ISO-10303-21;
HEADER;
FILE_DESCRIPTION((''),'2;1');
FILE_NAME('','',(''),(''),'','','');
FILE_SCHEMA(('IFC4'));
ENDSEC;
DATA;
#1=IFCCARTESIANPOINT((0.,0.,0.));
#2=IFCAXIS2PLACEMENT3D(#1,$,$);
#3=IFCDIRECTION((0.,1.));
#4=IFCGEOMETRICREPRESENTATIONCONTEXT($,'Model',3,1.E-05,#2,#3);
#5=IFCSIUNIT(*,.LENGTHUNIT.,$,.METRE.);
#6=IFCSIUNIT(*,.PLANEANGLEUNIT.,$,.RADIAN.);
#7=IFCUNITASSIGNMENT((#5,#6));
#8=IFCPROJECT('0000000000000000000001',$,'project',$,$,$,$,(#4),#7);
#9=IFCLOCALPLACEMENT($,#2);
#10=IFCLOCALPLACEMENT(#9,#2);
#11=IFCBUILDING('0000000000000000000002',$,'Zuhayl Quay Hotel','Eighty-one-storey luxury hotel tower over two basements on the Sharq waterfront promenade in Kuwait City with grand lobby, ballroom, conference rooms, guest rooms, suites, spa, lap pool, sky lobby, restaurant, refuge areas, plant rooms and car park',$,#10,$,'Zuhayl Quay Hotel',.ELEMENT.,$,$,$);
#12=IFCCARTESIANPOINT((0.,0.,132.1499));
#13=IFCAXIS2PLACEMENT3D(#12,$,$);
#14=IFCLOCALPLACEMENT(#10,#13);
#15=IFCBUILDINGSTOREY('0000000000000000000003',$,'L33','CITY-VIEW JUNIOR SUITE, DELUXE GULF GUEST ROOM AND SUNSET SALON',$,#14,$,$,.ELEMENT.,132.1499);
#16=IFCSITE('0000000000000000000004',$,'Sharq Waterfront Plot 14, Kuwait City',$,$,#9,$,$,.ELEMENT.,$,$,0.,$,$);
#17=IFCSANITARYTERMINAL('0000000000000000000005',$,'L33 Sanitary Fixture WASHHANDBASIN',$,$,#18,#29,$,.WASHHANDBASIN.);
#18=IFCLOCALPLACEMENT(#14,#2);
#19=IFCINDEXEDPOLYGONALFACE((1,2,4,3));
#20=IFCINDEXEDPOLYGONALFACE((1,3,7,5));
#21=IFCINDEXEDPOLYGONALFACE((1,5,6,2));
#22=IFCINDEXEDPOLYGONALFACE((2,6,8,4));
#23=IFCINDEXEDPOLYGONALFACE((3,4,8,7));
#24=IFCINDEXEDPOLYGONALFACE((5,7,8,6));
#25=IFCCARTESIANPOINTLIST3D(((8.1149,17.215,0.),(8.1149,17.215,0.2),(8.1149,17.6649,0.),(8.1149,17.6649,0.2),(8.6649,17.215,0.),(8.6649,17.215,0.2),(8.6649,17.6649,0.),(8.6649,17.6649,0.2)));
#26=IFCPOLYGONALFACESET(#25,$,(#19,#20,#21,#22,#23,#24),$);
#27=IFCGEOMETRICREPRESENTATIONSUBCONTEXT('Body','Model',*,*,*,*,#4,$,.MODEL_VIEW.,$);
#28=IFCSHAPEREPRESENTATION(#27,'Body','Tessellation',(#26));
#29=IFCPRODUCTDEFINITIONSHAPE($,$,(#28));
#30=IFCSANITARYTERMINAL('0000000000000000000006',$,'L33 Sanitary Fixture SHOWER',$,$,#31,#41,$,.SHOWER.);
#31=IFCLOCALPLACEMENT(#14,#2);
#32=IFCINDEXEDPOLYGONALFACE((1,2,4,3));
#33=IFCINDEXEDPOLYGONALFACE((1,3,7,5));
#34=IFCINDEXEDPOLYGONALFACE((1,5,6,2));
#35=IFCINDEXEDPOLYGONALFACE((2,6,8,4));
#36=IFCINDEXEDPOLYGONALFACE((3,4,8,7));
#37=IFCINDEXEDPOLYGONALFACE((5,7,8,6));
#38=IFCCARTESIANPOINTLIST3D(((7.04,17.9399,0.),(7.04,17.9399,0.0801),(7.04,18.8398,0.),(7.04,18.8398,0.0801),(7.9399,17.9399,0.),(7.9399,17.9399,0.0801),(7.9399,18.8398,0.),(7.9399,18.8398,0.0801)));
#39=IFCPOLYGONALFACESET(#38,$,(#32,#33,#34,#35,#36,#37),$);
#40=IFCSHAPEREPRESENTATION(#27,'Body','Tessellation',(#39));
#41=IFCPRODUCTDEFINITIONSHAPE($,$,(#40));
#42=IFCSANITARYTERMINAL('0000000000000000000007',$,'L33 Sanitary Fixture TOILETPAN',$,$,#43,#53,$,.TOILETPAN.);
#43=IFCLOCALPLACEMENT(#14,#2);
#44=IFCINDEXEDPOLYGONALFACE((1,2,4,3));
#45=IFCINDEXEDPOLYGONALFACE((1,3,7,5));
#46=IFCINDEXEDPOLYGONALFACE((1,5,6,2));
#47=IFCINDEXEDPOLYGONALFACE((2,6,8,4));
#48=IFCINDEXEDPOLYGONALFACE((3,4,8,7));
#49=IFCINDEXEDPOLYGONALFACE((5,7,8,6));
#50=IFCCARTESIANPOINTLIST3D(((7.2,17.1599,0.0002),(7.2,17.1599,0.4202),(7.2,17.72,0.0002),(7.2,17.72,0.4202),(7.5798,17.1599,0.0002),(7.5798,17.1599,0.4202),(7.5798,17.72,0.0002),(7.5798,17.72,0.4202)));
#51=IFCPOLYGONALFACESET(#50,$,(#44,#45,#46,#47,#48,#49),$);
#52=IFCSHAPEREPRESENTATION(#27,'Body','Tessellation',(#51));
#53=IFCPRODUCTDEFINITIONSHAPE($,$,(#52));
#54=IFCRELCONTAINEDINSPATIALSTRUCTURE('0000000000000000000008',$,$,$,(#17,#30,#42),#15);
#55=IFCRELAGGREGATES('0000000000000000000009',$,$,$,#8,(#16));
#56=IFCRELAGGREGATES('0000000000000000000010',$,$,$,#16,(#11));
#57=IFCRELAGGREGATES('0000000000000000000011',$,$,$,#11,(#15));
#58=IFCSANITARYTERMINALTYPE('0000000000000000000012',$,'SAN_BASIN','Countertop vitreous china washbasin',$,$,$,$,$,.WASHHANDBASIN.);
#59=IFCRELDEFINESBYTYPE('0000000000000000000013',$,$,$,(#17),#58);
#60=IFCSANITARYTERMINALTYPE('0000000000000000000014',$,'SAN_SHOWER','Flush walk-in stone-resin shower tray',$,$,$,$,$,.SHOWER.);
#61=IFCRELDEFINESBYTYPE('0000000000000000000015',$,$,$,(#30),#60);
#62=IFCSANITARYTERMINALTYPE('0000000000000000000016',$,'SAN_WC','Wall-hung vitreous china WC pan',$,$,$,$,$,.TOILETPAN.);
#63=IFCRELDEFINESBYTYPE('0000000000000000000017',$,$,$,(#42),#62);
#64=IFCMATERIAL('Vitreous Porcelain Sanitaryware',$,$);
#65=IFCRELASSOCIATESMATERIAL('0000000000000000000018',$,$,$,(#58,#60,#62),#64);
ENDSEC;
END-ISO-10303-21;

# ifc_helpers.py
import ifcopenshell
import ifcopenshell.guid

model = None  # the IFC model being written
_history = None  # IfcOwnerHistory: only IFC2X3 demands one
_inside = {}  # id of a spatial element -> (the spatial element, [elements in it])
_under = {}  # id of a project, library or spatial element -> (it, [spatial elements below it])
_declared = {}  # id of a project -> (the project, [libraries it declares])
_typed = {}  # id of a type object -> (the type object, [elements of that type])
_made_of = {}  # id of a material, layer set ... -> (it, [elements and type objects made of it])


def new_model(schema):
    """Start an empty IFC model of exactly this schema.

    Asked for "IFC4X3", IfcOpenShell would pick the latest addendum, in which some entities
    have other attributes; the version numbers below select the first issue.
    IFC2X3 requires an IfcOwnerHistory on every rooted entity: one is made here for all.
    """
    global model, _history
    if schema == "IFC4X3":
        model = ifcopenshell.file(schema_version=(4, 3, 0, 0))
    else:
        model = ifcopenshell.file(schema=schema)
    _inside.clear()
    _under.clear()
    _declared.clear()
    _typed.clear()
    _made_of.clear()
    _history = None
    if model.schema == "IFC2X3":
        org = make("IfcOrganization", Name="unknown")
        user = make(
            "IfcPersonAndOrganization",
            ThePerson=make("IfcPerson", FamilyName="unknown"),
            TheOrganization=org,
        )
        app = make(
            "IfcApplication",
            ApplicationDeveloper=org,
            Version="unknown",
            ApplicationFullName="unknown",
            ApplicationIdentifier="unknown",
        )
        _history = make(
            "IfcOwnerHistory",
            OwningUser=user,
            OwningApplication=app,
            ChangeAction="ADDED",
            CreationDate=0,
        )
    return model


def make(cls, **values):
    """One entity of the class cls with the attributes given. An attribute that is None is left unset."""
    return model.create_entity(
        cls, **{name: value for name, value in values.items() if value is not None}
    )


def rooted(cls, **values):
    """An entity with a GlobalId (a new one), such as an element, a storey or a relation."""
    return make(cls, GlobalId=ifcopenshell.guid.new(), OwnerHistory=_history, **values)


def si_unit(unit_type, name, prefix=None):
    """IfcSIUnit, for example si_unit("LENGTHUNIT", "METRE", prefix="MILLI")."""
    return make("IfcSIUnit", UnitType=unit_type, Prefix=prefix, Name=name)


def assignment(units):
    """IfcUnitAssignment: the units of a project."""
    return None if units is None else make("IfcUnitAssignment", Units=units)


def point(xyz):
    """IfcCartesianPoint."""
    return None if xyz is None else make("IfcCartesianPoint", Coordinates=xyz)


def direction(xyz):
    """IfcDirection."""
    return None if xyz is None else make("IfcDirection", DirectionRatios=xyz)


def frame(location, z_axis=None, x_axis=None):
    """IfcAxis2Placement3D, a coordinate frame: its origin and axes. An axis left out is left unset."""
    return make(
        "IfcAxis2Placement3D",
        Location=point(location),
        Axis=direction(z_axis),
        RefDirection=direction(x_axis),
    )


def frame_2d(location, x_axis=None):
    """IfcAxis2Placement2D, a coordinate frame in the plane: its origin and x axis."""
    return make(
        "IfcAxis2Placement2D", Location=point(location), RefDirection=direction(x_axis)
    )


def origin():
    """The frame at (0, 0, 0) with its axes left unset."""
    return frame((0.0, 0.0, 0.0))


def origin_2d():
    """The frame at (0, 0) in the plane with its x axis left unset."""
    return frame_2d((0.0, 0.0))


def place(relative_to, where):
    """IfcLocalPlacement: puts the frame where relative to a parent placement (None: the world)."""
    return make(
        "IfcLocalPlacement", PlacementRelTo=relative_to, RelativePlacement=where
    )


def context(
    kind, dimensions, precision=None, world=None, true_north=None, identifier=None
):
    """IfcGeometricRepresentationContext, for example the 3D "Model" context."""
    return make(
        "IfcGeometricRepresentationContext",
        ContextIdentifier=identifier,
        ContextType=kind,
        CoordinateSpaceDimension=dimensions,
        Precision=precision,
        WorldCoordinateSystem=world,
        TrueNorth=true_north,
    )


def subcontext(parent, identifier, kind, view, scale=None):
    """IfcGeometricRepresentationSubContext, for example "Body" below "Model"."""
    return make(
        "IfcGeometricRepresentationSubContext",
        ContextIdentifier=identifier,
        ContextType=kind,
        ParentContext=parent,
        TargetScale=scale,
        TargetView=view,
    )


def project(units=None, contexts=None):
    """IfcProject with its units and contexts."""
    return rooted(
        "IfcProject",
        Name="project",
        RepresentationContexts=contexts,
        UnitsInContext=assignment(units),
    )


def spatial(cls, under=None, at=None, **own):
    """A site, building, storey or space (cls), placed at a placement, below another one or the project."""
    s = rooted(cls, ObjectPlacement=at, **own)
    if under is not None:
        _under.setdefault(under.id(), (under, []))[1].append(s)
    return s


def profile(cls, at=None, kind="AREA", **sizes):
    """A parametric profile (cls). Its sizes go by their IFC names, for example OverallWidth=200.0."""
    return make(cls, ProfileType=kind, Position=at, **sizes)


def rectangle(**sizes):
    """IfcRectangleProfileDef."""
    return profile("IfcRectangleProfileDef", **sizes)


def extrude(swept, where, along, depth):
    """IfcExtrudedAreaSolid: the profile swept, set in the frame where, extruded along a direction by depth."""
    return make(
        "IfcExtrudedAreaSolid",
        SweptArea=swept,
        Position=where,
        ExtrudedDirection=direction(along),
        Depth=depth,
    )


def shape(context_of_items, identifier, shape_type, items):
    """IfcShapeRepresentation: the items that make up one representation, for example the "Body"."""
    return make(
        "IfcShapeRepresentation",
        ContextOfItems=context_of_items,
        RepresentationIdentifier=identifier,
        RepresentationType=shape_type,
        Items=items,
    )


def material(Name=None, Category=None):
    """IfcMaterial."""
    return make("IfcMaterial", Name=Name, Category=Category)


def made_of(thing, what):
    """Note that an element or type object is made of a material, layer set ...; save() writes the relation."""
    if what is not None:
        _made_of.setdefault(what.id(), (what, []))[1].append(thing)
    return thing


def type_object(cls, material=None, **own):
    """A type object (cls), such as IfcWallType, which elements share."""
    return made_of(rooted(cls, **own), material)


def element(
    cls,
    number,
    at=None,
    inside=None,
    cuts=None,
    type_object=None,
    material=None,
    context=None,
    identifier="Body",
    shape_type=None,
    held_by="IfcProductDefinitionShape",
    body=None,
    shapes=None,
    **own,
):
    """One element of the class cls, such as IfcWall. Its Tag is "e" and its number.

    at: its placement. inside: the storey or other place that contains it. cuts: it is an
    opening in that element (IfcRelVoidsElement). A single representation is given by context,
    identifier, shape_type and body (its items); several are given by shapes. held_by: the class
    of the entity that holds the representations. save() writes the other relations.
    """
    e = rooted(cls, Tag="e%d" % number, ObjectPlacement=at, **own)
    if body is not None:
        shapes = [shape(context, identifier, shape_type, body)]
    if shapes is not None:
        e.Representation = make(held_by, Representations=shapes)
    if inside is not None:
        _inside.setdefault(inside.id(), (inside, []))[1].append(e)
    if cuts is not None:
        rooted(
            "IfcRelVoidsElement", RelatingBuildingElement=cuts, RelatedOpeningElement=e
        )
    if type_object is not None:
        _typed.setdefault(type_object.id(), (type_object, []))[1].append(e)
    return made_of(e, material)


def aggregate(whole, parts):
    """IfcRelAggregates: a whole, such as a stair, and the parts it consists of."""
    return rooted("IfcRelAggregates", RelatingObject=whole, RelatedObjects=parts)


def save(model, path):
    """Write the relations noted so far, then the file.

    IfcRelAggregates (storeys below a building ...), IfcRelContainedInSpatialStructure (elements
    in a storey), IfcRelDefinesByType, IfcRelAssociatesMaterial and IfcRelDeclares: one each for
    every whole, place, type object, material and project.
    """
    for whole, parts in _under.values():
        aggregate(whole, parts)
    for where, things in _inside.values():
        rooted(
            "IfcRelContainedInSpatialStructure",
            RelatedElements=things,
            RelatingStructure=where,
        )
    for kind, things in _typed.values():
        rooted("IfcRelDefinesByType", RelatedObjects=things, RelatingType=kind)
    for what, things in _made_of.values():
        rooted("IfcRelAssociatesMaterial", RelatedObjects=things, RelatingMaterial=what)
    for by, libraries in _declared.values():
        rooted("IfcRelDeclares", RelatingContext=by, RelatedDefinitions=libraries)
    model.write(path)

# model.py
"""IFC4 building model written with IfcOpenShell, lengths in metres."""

from ifc_helpers import new_model, si_unit, direction, frame, origin, origin_2d, place, context, subcontext, project, spatial, rectangle, extrude, material, type_object, element, save


model = new_model("IFC4")

# Units and contexts
model_context = context("Model", 3, precision=1e-05, world=origin(), true_north=direction((0.0, 1.0)))
body_context = subcontext(model_context, "Body", "Model", "MODEL_VIEW")
ifc_project = project(units=[si_unit("LENGTHUNIT", "METRE"), si_unit("PLANEANGLEUNIT", "RADIAN")], contexts=[model_context])

# Site, building, storey
site_placement = place(None, origin())
site = spatial("IfcSite", under=ifc_project, at=site_placement, Name="Sharq Waterfront Plot 14, Kuwait City", CompositionType="ELEMENT", RefElevation=0.0)
building_placement = place(site_placement, origin())
building = spatial("IfcBuilding", under=site, at=building_placement, Name="Zuhayl Quay Hotel", Description="Eighty-one-storey luxury hotel tower over two basements on the Sharq waterfront promenade in Kuwait City with grand lobby, ballroom, conference rooms, guest rooms, suites, spa, lap pool, sky lobby, restaurant, refuge areas, plant rooms and car park", LongName="Zuhayl Quay Hotel", CompositionType="ELEMENT")
storey_placement = place(building_placement, frame((0.0, 0.0, 132.1499)))
storey = spatial("IfcBuildingStorey", under=building, at=storey_placement, Name="L33", Description="CITY-VIEW JUNIOR SUITE, DELUXE GULF GUEST ROOM AND SUNSET SALON", CompositionType="ELEMENT", Elevation=132.1499)

# Sanitary terminals
ifc_material_1 = material(Name="Vitreous Porcelain Sanitaryware")
sanitary_terminal_type_1 = type_object("IfcSanitaryTerminalType", Name="SAN_BASIN", Description="Countertop vitreous china washbasin", PredefinedType="WASHHANDBASIN", material=ifc_material_1)
sanitary_terminal_1_placement = place(storey_placement, frame((8.3899, 17.4399, 0.0), z_axis=(0.0, 0.0, 1.0), x_axis=(1.0, 0.0, 0.0)))
element("IfcSanitaryTerminal", 1, at=sanitary_terminal_1_placement, inside=storey, type_object=sanitary_terminal_type_1, Name="L33 Sanitary Fixture WASHHANDBASIN", PredefinedType="WASHHANDBASIN", context=body_context, shape_type="SweptSolid", body=[
    extrude(rectangle(XDim=0.55, YDim=0.45, at=origin_2d()), origin(), (0.0, 0.0, 1.0), 0.2),
])
sanitary_terminal_type_2 = type_object("IfcSanitaryTerminalType", Name="SAN_SHOWER", Description="Flush walk-in stone-resin shower tray", PredefinedType="SHOWER", material=ifc_material_1)
sanitary_terminal_2_placement = place(storey_placement, frame((7.49, 18.3899, 0.0), z_axis=(0.0, 0.0, 1.0), x_axis=(1.0, 0.0, 0.0)))
element("IfcSanitaryTerminal", 2, at=sanitary_terminal_2_placement, inside=storey, type_object=sanitary_terminal_type_2, Name="L33 Sanitary Fixture SHOWER", PredefinedType="SHOWER", context=body_context, shape_type="SweptSolid", body=[
    extrude(rectangle(XDim=0.8999, YDim=0.8999, at=origin_2d()), origin(), (0.0, 0.0, 1.0), 0.0801),
])
sanitary_terminal_type_3 = type_object("IfcSanitaryTerminalType", Name="SAN_WC", Description="Wall-hung vitreous china WC pan", PredefinedType="TOILETPAN", material=ifc_material_1)
sanitary_terminal_3_placement = place(storey_placement, frame((7.3899, 17.4399, 0.0002), z_axis=(0.0, 0.0, 1.0), x_axis=(1.0, 0.0, 0.0)))
element("IfcSanitaryTerminal", 3, at=sanitary_terminal_3_placement, inside=storey, type_object=sanitary_terminal_type_3, Name="L33 Sanitary Fixture TOILETPAN", PredefinedType="TOILETPAN", context=body_context, shape_type="SweptSolid", body=[
    extrude(rectangle(XDim=0.3799, YDim=0.5601, at=origin_2d()), origin(), (0.0, 0.0, 1.0), 0.4199),
])

save(model, "model.ifc")
